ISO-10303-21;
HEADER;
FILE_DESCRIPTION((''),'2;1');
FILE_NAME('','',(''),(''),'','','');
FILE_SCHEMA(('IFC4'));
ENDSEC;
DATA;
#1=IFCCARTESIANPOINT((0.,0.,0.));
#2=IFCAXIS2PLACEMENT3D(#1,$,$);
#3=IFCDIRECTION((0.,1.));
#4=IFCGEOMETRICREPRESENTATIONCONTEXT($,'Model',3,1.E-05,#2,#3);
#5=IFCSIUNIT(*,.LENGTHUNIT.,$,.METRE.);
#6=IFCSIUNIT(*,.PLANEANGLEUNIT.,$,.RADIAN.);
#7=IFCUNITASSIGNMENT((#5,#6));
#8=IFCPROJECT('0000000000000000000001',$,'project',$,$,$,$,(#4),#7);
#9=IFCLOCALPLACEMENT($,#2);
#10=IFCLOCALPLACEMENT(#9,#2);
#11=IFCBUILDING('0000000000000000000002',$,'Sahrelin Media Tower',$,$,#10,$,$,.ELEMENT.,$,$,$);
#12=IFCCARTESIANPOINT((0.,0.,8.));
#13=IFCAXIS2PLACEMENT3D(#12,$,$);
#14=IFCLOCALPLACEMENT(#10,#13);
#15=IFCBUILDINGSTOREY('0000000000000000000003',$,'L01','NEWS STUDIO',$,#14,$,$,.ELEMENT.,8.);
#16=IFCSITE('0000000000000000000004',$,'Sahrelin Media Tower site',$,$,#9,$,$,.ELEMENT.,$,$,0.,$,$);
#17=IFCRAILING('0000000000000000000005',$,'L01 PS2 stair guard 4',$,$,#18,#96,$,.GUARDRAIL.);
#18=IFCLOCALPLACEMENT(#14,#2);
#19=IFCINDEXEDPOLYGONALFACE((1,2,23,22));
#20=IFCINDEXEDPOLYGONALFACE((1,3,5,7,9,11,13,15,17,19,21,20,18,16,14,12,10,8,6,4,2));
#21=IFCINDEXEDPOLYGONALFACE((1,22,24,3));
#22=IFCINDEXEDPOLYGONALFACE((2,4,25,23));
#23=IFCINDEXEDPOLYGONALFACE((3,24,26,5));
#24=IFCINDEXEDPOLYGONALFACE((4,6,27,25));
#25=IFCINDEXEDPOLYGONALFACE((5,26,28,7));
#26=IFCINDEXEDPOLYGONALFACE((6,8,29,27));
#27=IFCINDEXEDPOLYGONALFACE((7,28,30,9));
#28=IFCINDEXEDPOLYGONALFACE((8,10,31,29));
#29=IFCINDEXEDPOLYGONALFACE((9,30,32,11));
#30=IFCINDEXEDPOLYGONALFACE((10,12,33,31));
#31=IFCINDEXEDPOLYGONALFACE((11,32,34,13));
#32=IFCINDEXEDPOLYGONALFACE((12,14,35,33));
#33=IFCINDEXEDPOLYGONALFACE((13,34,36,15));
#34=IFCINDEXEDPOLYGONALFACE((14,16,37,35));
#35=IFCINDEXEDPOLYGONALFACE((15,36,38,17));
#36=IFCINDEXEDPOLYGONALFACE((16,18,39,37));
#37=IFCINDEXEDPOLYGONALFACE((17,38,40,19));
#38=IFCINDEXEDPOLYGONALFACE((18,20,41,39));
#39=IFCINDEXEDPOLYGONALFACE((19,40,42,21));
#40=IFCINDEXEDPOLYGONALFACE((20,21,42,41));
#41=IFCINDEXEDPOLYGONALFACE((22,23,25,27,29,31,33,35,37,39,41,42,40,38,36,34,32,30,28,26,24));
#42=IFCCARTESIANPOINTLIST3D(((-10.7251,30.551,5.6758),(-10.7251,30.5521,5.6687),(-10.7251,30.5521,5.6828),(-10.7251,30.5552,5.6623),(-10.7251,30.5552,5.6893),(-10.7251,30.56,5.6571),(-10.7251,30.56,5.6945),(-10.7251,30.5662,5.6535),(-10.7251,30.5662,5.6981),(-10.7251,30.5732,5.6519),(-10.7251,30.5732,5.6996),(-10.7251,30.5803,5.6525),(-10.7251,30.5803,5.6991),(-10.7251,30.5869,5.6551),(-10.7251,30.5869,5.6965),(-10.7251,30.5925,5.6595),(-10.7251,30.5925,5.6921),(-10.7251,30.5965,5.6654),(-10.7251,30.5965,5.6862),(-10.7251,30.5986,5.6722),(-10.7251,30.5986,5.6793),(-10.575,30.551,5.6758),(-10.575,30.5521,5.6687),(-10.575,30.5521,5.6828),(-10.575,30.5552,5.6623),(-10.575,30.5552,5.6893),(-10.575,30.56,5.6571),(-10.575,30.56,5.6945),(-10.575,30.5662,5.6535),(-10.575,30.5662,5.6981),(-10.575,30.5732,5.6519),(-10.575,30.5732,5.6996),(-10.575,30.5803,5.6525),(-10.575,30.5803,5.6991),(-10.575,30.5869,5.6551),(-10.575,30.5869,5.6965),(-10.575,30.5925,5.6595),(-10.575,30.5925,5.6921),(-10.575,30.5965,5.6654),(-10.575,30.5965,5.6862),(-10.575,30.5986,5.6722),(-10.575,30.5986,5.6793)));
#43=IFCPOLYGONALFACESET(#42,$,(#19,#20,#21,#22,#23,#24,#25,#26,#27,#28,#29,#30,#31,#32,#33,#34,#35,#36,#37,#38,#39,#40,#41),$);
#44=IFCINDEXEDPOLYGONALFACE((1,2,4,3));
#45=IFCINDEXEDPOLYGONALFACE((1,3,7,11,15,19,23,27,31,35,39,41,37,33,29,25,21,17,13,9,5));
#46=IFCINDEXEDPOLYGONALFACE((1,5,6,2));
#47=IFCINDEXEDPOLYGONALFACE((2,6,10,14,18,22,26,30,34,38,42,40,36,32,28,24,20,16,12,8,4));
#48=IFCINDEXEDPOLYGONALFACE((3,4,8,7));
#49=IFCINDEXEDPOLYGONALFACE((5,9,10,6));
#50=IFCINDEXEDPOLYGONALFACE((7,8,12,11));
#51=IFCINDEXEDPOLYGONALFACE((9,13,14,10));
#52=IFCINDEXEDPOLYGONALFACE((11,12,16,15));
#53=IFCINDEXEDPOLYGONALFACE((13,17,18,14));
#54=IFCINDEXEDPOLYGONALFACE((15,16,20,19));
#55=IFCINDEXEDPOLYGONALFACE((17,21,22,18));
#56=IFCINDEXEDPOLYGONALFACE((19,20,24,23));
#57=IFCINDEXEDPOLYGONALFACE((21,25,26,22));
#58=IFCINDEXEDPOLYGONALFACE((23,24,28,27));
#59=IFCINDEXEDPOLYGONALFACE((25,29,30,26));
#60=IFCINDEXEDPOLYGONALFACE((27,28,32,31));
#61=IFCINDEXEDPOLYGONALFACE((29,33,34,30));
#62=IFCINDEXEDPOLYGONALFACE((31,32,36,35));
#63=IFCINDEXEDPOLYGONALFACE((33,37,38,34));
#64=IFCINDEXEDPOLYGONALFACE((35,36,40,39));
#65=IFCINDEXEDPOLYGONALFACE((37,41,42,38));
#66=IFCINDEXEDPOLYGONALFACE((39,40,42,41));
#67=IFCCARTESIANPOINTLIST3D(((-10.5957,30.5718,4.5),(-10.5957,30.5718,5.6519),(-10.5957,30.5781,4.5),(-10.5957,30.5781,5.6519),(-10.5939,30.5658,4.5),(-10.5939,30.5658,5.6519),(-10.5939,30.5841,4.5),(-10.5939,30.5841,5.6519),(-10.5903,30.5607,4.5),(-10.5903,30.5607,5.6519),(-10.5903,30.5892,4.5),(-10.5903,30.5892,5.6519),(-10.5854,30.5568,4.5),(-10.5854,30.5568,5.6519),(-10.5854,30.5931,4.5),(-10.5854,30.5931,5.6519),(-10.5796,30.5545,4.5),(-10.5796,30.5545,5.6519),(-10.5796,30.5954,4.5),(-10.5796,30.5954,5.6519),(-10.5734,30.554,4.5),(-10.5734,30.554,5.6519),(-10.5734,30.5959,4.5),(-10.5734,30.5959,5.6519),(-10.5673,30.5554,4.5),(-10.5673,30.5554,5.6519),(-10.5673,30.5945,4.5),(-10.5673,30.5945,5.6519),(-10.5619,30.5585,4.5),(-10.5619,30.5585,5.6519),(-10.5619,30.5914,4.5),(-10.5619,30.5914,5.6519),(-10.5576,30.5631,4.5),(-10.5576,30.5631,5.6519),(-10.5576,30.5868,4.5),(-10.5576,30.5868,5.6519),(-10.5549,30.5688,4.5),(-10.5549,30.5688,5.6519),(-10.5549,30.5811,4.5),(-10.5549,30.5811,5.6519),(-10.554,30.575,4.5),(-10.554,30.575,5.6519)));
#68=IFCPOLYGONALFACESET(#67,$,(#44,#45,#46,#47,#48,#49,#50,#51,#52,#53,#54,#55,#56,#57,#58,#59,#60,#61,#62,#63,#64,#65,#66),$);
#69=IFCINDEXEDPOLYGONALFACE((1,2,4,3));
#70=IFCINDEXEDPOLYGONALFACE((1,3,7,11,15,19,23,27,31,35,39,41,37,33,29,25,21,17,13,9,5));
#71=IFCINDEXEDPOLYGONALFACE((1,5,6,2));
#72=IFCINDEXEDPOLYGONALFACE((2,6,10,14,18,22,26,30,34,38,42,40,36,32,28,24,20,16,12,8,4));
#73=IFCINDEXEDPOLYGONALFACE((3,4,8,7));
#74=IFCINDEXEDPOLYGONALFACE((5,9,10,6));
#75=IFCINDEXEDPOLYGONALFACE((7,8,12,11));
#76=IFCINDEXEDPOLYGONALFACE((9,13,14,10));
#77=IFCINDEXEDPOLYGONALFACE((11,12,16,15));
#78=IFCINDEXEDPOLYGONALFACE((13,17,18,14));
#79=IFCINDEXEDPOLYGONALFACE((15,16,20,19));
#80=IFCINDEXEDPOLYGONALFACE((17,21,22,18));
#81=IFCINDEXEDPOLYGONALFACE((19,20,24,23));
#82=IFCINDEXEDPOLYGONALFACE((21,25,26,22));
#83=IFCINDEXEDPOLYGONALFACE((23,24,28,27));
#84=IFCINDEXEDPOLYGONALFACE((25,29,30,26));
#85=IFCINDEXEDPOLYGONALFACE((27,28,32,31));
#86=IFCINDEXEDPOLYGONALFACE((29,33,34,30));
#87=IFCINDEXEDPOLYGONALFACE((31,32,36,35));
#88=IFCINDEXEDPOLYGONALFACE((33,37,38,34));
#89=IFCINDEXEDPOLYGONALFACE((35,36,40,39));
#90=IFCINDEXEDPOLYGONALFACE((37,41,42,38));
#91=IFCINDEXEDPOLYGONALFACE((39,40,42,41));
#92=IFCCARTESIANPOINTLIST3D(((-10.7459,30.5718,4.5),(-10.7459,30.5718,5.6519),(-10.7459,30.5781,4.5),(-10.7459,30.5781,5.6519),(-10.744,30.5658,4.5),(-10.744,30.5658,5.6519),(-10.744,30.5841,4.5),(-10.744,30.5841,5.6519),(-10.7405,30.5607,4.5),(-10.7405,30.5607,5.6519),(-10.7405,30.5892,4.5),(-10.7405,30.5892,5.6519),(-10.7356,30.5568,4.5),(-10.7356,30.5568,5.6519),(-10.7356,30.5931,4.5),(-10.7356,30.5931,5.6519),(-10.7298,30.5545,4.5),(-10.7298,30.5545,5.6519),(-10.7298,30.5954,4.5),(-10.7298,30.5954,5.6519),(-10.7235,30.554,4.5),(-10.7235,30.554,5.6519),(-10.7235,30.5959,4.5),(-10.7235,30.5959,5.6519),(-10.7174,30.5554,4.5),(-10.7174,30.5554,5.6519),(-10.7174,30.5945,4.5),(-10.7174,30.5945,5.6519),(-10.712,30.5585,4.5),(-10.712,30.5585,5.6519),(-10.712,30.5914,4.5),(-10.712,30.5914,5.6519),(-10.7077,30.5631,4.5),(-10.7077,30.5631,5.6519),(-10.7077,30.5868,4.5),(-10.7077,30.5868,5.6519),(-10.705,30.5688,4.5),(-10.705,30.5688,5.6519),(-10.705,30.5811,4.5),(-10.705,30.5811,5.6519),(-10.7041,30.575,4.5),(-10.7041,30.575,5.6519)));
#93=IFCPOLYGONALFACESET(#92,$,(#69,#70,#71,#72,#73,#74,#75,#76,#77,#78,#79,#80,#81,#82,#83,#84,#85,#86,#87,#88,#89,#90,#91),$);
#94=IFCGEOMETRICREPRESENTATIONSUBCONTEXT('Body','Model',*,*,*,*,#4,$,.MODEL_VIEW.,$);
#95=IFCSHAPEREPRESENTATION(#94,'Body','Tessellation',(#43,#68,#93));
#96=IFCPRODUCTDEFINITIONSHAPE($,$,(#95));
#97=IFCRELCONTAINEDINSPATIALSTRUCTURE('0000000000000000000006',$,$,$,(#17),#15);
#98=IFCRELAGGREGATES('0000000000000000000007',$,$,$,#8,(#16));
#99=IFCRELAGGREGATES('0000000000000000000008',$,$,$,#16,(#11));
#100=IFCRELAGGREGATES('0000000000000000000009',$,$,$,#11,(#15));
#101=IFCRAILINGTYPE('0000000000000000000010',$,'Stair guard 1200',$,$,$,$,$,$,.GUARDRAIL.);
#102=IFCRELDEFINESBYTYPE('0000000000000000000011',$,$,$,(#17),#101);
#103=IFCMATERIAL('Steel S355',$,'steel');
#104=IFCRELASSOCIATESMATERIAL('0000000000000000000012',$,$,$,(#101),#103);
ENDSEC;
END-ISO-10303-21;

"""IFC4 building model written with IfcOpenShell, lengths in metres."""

from ifc_helpers import new_model, si_unit, direction, frame, origin, origin_2d, place, context, subcontext, project, spatial, circle, extrude, material, type_object, element, save


model = new_model("IFC4")

# Units and contexts
model_context = context("Model", 3, precision=1e-05, world=origin(), true_north=direction((0.0, 1.0)))
body_context = subcontext(model_context, "Body", "Model", "MODEL_VIEW")
ifc_project = project(units=[si_unit("LENGTHUNIT", "METRE"), si_unit("PLANEANGLEUNIT", "RADIAN")], contexts=[model_context])

# Site, building, storey
site_placement = place(None, origin())
site = spatial("IfcSite", under=ifc_project, at=site_placement, Name="Sahrelin Media Tower site", CompositionType="ELEMENT", RefElevation=0.0)
building_placement = place(site_placement, origin())
building = spatial("IfcBuilding", under=site, at=building_placement, Name="Sahrelin Media Tower", CompositionType="ELEMENT")
storey_placement = place(building_placement, frame((0.0, 0.0, 8.0)))
storey = spatial("IfcBuildingStorey", under=building, at=storey_placement, Name="L01", Description="NEWS STUDIO", CompositionType="ELEMENT", Elevation=8.0)

# Shared definitions
ifc_material_1 = material(Name="Steel S355", Category="steel")

# Railing
railing_type_1 = type_object("IfcRailingType", Name="Stair guard 1200", PredefinedType="GUARDRAIL", material=ifc_material_1)
railing_1_placement = place(storey_placement, frame((-10.575, 30.575, 4.5)))
element("IfcRailing", 1, at=railing_1_placement, inside=storey, type_object=railing_type_1, Name="L01 PS2 stair guard 4", PredefinedType="GUARDRAIL", context=body_context, shape_type="SweptSolid", body=[
    extrude(circle(Radius=0.0239, at=origin_2d()), frame((0.0, 0.0, 1.1758), z_axis=(-1.0, 0.0, 0.0), x_axis=(0.0, -1.0, 0.0)), (0.0, 0.0, 1.0), 0.1501),
    extrude(circle(Radius=0.021, at=origin_2d()), origin(), (0.0, 0.0, 1.0), 1.1519),
    extrude(circle(Radius=0.021, at=origin_2d()), frame((-0.1501, 0.0, 0.0)), (0.0, 0.0, 1.0), 1.1519),
])

save(model, "model.ifc")
